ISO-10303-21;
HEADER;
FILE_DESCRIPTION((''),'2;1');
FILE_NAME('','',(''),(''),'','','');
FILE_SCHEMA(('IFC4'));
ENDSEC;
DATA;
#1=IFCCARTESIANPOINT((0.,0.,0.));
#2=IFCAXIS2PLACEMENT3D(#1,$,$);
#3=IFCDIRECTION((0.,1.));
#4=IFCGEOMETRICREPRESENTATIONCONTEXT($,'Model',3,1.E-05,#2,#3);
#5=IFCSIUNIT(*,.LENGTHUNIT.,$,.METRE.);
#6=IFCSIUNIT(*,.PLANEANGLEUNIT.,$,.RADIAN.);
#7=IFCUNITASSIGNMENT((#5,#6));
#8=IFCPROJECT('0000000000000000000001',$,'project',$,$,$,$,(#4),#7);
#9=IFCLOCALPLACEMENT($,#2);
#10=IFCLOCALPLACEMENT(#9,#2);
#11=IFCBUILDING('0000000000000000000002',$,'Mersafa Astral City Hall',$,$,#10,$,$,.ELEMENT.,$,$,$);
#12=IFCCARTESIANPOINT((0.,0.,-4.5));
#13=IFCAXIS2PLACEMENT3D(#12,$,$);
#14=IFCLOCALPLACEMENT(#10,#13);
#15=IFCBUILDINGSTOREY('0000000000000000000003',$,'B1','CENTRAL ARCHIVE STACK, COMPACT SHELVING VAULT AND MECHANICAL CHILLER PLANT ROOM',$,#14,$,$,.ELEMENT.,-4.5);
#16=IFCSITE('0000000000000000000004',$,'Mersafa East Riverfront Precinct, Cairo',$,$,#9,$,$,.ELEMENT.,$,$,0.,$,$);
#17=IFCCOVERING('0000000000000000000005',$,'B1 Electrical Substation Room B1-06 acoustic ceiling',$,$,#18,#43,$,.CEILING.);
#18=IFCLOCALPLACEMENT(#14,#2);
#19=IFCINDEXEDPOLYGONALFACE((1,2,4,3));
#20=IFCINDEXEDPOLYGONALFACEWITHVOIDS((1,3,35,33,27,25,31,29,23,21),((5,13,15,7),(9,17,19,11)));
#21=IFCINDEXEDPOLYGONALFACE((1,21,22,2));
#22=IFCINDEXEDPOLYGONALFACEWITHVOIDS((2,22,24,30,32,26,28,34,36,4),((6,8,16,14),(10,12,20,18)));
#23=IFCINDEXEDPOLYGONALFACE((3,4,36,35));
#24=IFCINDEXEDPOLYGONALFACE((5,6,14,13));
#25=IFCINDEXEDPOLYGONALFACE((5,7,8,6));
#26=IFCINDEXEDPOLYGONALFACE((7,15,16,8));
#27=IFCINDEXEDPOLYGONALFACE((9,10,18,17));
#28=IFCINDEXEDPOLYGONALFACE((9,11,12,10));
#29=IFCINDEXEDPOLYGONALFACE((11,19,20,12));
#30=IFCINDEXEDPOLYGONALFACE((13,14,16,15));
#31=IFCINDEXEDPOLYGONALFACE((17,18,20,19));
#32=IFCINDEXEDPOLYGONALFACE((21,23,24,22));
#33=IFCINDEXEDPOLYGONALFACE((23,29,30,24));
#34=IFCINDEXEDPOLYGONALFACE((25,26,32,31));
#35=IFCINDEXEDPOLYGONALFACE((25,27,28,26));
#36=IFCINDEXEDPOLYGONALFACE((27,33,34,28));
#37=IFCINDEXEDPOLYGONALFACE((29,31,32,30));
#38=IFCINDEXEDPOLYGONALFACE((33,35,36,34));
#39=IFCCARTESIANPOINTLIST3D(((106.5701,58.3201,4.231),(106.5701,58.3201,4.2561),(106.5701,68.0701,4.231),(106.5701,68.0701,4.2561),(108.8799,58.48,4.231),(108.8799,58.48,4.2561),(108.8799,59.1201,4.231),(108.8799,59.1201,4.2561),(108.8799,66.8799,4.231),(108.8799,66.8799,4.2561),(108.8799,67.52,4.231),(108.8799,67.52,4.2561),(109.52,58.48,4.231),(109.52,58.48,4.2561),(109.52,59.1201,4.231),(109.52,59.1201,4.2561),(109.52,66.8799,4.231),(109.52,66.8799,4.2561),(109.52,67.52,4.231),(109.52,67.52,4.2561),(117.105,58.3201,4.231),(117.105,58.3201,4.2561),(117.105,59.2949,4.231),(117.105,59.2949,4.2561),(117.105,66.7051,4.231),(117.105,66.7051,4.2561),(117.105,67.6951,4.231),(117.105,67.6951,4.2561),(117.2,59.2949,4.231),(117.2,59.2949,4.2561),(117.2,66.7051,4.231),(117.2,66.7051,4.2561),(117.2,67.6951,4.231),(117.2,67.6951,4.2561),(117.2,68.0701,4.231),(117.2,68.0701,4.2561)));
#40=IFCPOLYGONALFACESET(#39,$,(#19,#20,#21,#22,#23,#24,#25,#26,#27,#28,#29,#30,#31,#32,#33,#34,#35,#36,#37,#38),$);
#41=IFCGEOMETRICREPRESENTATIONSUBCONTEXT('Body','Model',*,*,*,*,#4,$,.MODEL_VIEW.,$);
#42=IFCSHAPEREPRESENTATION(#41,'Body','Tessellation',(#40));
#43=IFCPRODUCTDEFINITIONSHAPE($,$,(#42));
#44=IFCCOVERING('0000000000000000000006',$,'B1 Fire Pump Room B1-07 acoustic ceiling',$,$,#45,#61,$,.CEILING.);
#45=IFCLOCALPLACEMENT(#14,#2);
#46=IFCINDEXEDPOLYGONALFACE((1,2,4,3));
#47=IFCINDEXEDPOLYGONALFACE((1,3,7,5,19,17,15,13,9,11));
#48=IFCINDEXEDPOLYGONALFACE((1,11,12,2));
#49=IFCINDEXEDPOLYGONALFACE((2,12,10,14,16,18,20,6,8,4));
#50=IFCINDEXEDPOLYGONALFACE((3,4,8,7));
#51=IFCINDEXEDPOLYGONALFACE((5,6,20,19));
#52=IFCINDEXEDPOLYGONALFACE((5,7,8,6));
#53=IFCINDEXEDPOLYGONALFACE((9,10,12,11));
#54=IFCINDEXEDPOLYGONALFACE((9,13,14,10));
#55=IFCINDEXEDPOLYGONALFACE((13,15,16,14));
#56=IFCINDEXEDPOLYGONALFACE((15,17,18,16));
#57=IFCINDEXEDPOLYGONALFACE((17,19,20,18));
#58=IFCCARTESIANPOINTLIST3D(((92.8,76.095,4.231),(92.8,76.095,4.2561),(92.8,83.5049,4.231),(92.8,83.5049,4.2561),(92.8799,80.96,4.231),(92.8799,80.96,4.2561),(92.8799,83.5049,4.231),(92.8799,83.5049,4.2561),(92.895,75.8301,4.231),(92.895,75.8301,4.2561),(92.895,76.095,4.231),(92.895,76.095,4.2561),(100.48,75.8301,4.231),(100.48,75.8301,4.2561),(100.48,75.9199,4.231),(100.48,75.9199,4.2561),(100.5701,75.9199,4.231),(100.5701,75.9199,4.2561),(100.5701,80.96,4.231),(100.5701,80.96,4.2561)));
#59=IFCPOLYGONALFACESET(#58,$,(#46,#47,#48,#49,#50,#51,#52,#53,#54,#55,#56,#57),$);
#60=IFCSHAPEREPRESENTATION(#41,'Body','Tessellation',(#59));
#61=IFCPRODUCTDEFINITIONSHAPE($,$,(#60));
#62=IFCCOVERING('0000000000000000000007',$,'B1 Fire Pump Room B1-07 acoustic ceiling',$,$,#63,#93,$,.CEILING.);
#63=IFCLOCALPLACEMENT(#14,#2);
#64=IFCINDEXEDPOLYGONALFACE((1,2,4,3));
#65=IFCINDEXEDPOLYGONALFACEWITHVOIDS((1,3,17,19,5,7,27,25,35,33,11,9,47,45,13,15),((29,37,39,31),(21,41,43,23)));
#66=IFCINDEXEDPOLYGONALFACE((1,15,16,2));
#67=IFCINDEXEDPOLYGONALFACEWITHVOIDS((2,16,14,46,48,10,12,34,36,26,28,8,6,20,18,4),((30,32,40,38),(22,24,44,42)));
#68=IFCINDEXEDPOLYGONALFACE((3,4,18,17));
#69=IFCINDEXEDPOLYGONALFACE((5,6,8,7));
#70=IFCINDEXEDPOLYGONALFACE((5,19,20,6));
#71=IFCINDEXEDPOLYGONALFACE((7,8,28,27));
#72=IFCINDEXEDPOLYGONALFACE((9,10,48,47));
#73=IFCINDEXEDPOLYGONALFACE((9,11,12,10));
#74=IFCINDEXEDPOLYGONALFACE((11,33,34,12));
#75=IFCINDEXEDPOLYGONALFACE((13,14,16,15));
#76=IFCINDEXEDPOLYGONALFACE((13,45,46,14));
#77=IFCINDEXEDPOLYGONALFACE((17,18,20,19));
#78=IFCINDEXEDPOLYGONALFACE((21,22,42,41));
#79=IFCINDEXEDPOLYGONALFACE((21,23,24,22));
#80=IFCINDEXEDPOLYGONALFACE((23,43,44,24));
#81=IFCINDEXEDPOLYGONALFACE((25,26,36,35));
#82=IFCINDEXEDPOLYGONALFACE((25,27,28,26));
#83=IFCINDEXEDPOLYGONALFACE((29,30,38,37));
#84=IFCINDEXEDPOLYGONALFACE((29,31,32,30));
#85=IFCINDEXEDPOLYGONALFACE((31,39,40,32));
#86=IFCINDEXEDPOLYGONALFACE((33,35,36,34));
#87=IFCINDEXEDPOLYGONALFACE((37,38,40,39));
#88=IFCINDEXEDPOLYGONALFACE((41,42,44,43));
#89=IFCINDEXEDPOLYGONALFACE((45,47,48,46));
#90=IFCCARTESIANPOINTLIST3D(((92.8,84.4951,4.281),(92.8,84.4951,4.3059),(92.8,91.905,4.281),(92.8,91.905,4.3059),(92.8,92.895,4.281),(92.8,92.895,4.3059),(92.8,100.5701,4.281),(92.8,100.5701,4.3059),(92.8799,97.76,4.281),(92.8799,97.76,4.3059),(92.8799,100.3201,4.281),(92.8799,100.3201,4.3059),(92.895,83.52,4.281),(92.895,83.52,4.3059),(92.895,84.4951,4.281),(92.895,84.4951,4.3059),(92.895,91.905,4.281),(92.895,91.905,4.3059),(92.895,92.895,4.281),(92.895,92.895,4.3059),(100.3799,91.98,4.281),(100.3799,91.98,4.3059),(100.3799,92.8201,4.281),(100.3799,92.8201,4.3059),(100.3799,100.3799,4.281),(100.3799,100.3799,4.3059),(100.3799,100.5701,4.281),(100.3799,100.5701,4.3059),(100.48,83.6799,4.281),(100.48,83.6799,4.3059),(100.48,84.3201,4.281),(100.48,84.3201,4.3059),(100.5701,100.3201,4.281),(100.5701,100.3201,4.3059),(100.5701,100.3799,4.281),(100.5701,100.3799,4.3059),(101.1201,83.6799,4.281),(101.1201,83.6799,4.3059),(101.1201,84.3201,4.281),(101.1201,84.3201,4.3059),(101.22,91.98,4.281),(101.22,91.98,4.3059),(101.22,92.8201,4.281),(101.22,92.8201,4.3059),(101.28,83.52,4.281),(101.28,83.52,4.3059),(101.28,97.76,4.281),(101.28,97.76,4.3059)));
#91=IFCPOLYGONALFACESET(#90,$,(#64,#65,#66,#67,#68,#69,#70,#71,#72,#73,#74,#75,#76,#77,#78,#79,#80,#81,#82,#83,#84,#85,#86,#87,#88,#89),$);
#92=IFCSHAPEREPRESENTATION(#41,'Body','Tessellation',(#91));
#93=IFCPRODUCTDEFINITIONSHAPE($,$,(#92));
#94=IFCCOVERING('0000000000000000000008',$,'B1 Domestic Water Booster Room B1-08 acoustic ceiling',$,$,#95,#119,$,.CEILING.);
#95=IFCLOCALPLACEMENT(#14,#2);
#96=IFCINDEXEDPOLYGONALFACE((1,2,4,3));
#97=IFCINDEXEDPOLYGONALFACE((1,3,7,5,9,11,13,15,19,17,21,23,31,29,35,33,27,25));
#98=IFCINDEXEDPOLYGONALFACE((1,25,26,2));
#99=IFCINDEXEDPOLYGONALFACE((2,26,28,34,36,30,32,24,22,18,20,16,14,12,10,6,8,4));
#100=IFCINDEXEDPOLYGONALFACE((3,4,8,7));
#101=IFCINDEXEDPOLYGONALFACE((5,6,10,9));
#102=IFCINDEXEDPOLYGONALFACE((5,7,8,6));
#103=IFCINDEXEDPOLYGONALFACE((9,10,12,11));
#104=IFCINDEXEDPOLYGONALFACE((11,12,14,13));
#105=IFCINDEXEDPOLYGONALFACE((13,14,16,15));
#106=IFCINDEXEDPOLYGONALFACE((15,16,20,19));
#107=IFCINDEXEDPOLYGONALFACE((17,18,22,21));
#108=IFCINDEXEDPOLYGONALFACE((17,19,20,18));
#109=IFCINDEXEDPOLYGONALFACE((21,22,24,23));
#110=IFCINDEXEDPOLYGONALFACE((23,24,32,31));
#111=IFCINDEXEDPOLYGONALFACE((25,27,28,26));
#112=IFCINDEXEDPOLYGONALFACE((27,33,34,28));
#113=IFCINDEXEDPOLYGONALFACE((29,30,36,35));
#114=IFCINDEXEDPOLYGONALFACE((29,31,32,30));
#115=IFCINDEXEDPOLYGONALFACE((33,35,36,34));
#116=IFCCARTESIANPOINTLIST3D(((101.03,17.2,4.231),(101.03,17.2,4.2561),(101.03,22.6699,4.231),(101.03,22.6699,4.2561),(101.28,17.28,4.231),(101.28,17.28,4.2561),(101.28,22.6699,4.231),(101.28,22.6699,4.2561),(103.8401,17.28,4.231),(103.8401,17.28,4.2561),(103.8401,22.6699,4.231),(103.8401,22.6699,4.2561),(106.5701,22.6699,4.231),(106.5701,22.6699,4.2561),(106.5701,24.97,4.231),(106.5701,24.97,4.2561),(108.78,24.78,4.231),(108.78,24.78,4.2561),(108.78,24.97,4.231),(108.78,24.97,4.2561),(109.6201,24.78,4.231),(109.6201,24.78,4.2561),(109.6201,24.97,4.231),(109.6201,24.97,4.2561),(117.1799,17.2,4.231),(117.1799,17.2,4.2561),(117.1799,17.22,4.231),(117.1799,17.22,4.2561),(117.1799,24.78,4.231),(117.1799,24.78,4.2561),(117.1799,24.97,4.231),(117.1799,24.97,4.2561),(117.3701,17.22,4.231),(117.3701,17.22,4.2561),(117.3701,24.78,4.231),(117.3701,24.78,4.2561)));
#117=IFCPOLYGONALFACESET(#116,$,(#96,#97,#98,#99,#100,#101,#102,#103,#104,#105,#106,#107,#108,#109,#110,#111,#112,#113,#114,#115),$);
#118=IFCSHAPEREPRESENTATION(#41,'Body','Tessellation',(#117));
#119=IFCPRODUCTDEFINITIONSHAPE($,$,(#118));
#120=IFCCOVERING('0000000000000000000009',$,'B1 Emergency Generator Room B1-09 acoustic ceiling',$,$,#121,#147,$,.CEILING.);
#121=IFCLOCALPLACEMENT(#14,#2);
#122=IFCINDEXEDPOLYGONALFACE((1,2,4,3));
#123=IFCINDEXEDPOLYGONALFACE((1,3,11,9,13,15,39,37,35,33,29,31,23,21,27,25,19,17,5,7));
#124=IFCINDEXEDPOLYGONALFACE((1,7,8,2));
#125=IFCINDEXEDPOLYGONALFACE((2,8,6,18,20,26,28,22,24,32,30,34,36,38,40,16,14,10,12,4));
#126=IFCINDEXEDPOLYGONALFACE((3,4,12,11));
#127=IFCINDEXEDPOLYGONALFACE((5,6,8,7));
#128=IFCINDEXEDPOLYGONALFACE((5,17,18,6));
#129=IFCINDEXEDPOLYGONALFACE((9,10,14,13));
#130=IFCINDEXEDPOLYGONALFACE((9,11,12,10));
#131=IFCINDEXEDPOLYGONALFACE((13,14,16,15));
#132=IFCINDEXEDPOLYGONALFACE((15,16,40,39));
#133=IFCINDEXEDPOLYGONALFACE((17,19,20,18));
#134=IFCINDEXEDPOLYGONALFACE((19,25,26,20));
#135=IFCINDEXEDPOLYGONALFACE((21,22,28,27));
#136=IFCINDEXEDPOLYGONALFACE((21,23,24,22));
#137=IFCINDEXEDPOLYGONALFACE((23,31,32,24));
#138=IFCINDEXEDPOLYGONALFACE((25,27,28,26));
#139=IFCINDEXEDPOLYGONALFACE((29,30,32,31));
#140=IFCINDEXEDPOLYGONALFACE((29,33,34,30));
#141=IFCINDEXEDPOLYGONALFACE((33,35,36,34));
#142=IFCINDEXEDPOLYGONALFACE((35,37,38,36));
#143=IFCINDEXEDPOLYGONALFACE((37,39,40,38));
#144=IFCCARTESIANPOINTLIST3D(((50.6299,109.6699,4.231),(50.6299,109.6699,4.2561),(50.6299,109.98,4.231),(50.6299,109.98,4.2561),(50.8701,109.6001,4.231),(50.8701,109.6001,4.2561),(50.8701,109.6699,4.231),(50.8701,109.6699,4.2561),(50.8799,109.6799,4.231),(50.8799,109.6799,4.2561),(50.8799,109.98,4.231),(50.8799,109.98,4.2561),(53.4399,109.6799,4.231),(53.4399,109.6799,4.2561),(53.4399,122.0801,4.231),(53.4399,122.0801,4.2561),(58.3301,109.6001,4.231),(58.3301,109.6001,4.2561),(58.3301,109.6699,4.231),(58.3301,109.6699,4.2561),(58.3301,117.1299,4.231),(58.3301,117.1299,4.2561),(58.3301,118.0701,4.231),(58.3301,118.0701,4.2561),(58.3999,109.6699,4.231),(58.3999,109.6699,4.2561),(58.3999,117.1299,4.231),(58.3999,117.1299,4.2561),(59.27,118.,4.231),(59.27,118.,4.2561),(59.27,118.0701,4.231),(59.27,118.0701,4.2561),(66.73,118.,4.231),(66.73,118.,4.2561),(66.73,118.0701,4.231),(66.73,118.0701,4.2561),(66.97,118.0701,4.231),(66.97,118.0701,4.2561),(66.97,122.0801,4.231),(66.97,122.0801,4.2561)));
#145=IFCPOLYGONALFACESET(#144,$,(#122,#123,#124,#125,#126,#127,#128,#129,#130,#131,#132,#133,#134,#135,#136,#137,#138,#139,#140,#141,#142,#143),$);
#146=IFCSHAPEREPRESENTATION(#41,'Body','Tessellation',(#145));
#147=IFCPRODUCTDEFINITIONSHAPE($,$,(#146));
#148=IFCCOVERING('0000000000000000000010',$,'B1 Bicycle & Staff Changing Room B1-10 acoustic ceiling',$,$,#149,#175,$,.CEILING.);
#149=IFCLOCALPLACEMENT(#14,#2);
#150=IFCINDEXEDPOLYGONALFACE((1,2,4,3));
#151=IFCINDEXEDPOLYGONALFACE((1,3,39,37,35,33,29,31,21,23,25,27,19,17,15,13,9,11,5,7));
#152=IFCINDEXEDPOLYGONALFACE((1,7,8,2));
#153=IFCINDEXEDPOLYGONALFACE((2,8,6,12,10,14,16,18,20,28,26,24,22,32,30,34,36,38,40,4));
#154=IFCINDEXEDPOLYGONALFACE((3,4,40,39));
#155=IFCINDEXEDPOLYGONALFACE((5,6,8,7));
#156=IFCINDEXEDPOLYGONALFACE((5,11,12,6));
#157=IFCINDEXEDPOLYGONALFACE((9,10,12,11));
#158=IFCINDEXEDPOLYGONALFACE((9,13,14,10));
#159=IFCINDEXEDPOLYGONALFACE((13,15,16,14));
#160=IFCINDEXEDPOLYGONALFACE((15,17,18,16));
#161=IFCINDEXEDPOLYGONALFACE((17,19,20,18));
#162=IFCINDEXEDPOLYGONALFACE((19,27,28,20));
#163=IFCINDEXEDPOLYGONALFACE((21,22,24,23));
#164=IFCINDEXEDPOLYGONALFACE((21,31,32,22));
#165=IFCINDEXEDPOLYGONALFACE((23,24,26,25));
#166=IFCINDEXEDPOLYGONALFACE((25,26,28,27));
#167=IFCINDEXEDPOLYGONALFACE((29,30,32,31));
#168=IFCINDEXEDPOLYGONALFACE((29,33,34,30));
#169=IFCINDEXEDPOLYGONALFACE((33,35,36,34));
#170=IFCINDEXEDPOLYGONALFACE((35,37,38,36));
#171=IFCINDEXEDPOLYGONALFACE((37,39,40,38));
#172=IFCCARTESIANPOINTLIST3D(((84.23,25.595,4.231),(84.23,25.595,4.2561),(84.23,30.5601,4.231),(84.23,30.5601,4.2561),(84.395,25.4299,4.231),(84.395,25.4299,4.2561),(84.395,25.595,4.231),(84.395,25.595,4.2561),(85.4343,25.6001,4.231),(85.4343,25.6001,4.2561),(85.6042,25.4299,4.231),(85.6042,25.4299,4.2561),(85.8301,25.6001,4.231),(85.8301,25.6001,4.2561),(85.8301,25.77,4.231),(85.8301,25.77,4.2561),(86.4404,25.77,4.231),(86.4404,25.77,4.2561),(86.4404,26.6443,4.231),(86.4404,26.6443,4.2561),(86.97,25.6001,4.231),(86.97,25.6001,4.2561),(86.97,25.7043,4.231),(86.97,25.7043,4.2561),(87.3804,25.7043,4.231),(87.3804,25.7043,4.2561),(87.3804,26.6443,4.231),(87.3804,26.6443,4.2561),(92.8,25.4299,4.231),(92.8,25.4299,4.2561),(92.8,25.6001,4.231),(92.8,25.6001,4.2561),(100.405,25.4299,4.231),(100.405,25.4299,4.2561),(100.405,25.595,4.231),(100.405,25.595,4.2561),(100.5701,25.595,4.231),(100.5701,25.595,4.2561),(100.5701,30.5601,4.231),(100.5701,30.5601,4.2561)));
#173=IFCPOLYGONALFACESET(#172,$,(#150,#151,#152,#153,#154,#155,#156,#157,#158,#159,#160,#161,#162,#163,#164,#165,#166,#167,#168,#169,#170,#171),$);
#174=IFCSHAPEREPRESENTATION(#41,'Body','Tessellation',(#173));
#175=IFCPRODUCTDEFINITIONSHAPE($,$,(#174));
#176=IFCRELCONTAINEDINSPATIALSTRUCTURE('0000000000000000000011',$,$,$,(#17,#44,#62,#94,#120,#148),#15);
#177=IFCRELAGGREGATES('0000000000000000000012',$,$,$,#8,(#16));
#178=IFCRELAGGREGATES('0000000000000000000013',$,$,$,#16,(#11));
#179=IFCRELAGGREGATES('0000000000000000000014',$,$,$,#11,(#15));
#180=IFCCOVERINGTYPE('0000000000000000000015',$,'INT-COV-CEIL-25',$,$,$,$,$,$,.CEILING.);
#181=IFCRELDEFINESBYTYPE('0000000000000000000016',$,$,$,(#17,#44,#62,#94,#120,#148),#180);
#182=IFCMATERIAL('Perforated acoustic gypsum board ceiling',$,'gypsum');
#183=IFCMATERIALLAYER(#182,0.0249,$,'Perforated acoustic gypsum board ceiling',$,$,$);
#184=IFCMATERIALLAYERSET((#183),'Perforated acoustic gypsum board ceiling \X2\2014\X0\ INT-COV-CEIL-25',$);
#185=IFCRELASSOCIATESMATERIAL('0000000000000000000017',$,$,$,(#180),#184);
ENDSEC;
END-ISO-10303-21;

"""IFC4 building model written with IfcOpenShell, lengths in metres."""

from ifc_helpers import new_model, si_unit, direction, frame, origin, place, context, subcontext, project, spatial, polyline, outline, extrude, material, layer, layer_set, type_object, element, save


model = new_model("IFC4")

# Units and contexts
model_context = context("Model", 3, precision=1e-05, world=origin(), true_north=direction((0.0, 1.0)))
body_context = subcontext(model_context, "Body", "Model", "MODEL_VIEW")
ifc_project = project(units=[si_unit("LENGTHUNIT", "METRE"), si_unit("PLANEANGLEUNIT", "RADIAN")], contexts=[model_context])

# Site, building, storey
site_placement = place(None, origin())
site = spatial("IfcSite", under=ifc_project, at=site_placement, Name="Mersafa East Riverfront Precinct, Cairo", CompositionType="ELEMENT", RefElevation=0.0)
building_placement = place(site_placement, origin())
building = spatial("IfcBuilding", under=site, at=building_placement, Name="Mersafa Astral City Hall", CompositionType="ELEMENT")
storey_placement = place(building_placement, frame((0.0, 0.0, -4.5)))
storey = spatial("IfcBuildingStorey", under=building, at=storey_placement, Name="B1", Description="CENTRAL ARCHIVE STACK, COMPACT SHELVING VAULT AND MECHANICAL CHILLER PLANT ROOM", CompositionType="ELEMENT", Elevation=-4.5)

# Coverings
ifc_material_1 = material(Name="Perforated acoustic gypsum board ceiling", Category="gypsum")
ifc_layer_1 = layer(ifc_material_1, 0.0249, Name="Perforated acoustic gypsum board ceiling")
ifc_layer_set_1 = layer_set([ifc_layer_1], Name="Perforated acoustic gypsum board ceiling — INT-COV-CEIL-25")
covering_type = type_object("IfcCoveringType", Name="INT-COV-CEIL-25", PredefinedType="CEILING", material=ifc_layer_set_1)
covering_1_placement = place(storey_placement, frame((0.0, 0.0, 4.231)))
element("IfcCovering", 1, at=covering_1_placement, inside=storey, type_object=covering_type, Name="B1 Electrical Substation Room B1-06 acoustic ceiling", PredefinedType="CEILING", context=body_context, shape_type="SweptSolid", body=[
    extrude(outline(polyline([(106.5701, 58.3201), (106.5701, 68.0701), (117.2, 68.0701), (117.2, 67.6951), (117.105, 67.6951), (117.105, 66.7051), (117.2, 66.7051), (117.2, 59.2949), (117.105, 59.2949), (117.105, 58.3201), (106.5701, 58.3201)]), holes=[polyline([(108.8799, 58.48), (109.52, 58.48), (109.52, 59.1201), (108.8799, 59.1201), (108.8799, 58.48)]), polyline([(108.8799, 66.8799), (109.52, 66.8799), (109.52, 67.52), (108.8799, 67.52), (108.8799, 66.8799)])]), origin(), (0.0, 0.0, 1.0), 0.0251),
])
covering_2_placement = place(storey_placement, frame((0.0, 0.0, 4.231)))
element("IfcCovering", 2, at=covering_2_placement, inside=storey, type_object=covering_type, Name="B1 Fire Pump Room B1-07 acoustic ceiling", PredefinedType="CEILING", context=body_context, shape_type="SweptSolid", body=[
    extrude(outline(polyline([(92.8, 83.5049), (92.8799, 83.5049), (92.8799, 80.96), (100.5701, 80.96), (100.5701, 75.9199), (100.48, 75.9199), (100.48, 75.8301), (92.895, 75.8301), (92.895, 76.095), (92.8, 76.095), (92.8, 83.5049)])), origin(), (0.0, 0.0, 1.0), 0.0251),
])
covering_3_placement = place(storey_placement, frame((0.0, 0.0, 4.281)))
element("IfcCovering", 3, at=covering_3_placement, inside=storey, type_object=covering_type, Name="B1 Fire Pump Room B1-07 acoustic ceiling", PredefinedType="CEILING", context=body_context, shape_type="SweptSolid", body=[
    extrude(outline(polyline([(92.895, 84.4951), (92.8, 84.4951), (92.8, 91.905), (92.895, 91.905), (92.895, 92.895), (92.8, 92.895), (92.8, 100.5701), (100.3799, 100.5701), (100.3799, 100.3799), (100.5701, 100.3799), (100.5701, 100.3201), (92.8799, 100.3201), (92.8799, 97.76), (101.28, 97.76), (101.28, 83.52), (92.895, 83.52), (92.895, 84.4951)]), holes=[polyline([(100.3799, 92.8201), (100.3799, 91.98), (101.22, 91.98), (101.22, 92.8201), (100.3799, 92.8201)]), polyline([(100.48, 83.6799), (101.1201, 83.6799), (101.1201, 84.3201), (100.48, 84.3201), (100.48, 83.6799)])]), origin(), (0.0, 0.0, 1.0), 0.0249),
])
covering_4_placement = place(storey_placement, frame((0.0, 0.0, 4.231)))
element("IfcCovering", 4, at=covering_4_placement, inside=storey, type_object=covering_type, Name="B1 Domestic Water Booster Room B1-08 acoustic ceiling", PredefinedType="CEILING", context=body_context, shape_type="SweptSolid", body=[
    extrude(outline(polyline([(101.28, 22.6699), (101.28, 17.28), (103.8401, 17.28), (103.8401, 22.6699), (106.5701, 22.6699), (106.5701, 24.97), (108.78, 24.97), (108.78, 24.78), (109.6201, 24.78), (109.6201, 24.97), (117.1799, 24.97), (117.1799, 24.78), (117.3701, 24.78), (117.3701, 17.22), (117.1799, 17.22), (117.1799, 17.2), (101.03, 17.2), (101.03, 22.6699), (101.28, 22.6699)])), origin(), (0.0, 0.0, 1.0), 0.0251),
])
covering_5_placement = place(storey_placement, frame((0.0, 0.0, 4.231)))
element("IfcCovering", 5, at=covering_5_placement, inside=storey, type_object=covering_type, Name="B1 Emergency Generator Room B1-09 acoustic ceiling", PredefinedType="CEILING", context=body_context, shape_type="SweptSolid", body=[
    extrude(outline(polyline([(50.8701, 109.6699), (50.6299, 109.6699), (50.6299, 109.98), (50.8799, 109.98), (50.8799, 109.6799), (53.4399, 109.6799), (53.4399, 122.0801), (66.97, 122.0801), (66.97, 118.0701), (66.73, 118.0701), (66.73, 118.0), (59.27, 118.0), (59.27, 118.0701), (58.3301, 118.0701), (58.3301, 117.1299), (58.3999, 117.1299), (58.3999, 109.6699), (58.3301, 109.6699), (58.3301, 109.6001), (50.8701, 109.6001), (50.8701, 109.6699)])), origin(), (0.0, 0.0, 1.0), 0.0251),
])
covering_6_placement = place(storey_placement, frame((0.0, 0.0, 4.231)))
element("IfcCovering", 6, at=covering_6_placement, inside=storey, type_object=covering_type, Name="B1 Bicycle & Staff Changing Room B1-10 acoustic ceiling", PredefinedType="CEILING", context=body_context, shape_type="SweptSolid", body=[
    extrude(outline(polyline([(84.395, 25.4299), (84.395, 25.595), (84.23, 25.595), (84.23, 30.5601), (100.5701, 30.5601), (100.5701, 25.595), (100.405, 25.595), (100.405, 25.4299), (92.8, 25.4299), (92.8, 25.6001), (86.97, 25.6001), (86.97, 25.7043), (87.3804, 25.7043), (87.3804, 26.6443), (86.4404, 26.6443), (86.4404, 25.77), (85.8301, 25.77), (85.8301, 25.6001), (85.4343, 25.6001), (85.6042, 25.4299), (84.395, 25.4299)])), origin(), (0.0, 0.0, 1.0), 0.0251),
])

save(model, "model.ifc")
